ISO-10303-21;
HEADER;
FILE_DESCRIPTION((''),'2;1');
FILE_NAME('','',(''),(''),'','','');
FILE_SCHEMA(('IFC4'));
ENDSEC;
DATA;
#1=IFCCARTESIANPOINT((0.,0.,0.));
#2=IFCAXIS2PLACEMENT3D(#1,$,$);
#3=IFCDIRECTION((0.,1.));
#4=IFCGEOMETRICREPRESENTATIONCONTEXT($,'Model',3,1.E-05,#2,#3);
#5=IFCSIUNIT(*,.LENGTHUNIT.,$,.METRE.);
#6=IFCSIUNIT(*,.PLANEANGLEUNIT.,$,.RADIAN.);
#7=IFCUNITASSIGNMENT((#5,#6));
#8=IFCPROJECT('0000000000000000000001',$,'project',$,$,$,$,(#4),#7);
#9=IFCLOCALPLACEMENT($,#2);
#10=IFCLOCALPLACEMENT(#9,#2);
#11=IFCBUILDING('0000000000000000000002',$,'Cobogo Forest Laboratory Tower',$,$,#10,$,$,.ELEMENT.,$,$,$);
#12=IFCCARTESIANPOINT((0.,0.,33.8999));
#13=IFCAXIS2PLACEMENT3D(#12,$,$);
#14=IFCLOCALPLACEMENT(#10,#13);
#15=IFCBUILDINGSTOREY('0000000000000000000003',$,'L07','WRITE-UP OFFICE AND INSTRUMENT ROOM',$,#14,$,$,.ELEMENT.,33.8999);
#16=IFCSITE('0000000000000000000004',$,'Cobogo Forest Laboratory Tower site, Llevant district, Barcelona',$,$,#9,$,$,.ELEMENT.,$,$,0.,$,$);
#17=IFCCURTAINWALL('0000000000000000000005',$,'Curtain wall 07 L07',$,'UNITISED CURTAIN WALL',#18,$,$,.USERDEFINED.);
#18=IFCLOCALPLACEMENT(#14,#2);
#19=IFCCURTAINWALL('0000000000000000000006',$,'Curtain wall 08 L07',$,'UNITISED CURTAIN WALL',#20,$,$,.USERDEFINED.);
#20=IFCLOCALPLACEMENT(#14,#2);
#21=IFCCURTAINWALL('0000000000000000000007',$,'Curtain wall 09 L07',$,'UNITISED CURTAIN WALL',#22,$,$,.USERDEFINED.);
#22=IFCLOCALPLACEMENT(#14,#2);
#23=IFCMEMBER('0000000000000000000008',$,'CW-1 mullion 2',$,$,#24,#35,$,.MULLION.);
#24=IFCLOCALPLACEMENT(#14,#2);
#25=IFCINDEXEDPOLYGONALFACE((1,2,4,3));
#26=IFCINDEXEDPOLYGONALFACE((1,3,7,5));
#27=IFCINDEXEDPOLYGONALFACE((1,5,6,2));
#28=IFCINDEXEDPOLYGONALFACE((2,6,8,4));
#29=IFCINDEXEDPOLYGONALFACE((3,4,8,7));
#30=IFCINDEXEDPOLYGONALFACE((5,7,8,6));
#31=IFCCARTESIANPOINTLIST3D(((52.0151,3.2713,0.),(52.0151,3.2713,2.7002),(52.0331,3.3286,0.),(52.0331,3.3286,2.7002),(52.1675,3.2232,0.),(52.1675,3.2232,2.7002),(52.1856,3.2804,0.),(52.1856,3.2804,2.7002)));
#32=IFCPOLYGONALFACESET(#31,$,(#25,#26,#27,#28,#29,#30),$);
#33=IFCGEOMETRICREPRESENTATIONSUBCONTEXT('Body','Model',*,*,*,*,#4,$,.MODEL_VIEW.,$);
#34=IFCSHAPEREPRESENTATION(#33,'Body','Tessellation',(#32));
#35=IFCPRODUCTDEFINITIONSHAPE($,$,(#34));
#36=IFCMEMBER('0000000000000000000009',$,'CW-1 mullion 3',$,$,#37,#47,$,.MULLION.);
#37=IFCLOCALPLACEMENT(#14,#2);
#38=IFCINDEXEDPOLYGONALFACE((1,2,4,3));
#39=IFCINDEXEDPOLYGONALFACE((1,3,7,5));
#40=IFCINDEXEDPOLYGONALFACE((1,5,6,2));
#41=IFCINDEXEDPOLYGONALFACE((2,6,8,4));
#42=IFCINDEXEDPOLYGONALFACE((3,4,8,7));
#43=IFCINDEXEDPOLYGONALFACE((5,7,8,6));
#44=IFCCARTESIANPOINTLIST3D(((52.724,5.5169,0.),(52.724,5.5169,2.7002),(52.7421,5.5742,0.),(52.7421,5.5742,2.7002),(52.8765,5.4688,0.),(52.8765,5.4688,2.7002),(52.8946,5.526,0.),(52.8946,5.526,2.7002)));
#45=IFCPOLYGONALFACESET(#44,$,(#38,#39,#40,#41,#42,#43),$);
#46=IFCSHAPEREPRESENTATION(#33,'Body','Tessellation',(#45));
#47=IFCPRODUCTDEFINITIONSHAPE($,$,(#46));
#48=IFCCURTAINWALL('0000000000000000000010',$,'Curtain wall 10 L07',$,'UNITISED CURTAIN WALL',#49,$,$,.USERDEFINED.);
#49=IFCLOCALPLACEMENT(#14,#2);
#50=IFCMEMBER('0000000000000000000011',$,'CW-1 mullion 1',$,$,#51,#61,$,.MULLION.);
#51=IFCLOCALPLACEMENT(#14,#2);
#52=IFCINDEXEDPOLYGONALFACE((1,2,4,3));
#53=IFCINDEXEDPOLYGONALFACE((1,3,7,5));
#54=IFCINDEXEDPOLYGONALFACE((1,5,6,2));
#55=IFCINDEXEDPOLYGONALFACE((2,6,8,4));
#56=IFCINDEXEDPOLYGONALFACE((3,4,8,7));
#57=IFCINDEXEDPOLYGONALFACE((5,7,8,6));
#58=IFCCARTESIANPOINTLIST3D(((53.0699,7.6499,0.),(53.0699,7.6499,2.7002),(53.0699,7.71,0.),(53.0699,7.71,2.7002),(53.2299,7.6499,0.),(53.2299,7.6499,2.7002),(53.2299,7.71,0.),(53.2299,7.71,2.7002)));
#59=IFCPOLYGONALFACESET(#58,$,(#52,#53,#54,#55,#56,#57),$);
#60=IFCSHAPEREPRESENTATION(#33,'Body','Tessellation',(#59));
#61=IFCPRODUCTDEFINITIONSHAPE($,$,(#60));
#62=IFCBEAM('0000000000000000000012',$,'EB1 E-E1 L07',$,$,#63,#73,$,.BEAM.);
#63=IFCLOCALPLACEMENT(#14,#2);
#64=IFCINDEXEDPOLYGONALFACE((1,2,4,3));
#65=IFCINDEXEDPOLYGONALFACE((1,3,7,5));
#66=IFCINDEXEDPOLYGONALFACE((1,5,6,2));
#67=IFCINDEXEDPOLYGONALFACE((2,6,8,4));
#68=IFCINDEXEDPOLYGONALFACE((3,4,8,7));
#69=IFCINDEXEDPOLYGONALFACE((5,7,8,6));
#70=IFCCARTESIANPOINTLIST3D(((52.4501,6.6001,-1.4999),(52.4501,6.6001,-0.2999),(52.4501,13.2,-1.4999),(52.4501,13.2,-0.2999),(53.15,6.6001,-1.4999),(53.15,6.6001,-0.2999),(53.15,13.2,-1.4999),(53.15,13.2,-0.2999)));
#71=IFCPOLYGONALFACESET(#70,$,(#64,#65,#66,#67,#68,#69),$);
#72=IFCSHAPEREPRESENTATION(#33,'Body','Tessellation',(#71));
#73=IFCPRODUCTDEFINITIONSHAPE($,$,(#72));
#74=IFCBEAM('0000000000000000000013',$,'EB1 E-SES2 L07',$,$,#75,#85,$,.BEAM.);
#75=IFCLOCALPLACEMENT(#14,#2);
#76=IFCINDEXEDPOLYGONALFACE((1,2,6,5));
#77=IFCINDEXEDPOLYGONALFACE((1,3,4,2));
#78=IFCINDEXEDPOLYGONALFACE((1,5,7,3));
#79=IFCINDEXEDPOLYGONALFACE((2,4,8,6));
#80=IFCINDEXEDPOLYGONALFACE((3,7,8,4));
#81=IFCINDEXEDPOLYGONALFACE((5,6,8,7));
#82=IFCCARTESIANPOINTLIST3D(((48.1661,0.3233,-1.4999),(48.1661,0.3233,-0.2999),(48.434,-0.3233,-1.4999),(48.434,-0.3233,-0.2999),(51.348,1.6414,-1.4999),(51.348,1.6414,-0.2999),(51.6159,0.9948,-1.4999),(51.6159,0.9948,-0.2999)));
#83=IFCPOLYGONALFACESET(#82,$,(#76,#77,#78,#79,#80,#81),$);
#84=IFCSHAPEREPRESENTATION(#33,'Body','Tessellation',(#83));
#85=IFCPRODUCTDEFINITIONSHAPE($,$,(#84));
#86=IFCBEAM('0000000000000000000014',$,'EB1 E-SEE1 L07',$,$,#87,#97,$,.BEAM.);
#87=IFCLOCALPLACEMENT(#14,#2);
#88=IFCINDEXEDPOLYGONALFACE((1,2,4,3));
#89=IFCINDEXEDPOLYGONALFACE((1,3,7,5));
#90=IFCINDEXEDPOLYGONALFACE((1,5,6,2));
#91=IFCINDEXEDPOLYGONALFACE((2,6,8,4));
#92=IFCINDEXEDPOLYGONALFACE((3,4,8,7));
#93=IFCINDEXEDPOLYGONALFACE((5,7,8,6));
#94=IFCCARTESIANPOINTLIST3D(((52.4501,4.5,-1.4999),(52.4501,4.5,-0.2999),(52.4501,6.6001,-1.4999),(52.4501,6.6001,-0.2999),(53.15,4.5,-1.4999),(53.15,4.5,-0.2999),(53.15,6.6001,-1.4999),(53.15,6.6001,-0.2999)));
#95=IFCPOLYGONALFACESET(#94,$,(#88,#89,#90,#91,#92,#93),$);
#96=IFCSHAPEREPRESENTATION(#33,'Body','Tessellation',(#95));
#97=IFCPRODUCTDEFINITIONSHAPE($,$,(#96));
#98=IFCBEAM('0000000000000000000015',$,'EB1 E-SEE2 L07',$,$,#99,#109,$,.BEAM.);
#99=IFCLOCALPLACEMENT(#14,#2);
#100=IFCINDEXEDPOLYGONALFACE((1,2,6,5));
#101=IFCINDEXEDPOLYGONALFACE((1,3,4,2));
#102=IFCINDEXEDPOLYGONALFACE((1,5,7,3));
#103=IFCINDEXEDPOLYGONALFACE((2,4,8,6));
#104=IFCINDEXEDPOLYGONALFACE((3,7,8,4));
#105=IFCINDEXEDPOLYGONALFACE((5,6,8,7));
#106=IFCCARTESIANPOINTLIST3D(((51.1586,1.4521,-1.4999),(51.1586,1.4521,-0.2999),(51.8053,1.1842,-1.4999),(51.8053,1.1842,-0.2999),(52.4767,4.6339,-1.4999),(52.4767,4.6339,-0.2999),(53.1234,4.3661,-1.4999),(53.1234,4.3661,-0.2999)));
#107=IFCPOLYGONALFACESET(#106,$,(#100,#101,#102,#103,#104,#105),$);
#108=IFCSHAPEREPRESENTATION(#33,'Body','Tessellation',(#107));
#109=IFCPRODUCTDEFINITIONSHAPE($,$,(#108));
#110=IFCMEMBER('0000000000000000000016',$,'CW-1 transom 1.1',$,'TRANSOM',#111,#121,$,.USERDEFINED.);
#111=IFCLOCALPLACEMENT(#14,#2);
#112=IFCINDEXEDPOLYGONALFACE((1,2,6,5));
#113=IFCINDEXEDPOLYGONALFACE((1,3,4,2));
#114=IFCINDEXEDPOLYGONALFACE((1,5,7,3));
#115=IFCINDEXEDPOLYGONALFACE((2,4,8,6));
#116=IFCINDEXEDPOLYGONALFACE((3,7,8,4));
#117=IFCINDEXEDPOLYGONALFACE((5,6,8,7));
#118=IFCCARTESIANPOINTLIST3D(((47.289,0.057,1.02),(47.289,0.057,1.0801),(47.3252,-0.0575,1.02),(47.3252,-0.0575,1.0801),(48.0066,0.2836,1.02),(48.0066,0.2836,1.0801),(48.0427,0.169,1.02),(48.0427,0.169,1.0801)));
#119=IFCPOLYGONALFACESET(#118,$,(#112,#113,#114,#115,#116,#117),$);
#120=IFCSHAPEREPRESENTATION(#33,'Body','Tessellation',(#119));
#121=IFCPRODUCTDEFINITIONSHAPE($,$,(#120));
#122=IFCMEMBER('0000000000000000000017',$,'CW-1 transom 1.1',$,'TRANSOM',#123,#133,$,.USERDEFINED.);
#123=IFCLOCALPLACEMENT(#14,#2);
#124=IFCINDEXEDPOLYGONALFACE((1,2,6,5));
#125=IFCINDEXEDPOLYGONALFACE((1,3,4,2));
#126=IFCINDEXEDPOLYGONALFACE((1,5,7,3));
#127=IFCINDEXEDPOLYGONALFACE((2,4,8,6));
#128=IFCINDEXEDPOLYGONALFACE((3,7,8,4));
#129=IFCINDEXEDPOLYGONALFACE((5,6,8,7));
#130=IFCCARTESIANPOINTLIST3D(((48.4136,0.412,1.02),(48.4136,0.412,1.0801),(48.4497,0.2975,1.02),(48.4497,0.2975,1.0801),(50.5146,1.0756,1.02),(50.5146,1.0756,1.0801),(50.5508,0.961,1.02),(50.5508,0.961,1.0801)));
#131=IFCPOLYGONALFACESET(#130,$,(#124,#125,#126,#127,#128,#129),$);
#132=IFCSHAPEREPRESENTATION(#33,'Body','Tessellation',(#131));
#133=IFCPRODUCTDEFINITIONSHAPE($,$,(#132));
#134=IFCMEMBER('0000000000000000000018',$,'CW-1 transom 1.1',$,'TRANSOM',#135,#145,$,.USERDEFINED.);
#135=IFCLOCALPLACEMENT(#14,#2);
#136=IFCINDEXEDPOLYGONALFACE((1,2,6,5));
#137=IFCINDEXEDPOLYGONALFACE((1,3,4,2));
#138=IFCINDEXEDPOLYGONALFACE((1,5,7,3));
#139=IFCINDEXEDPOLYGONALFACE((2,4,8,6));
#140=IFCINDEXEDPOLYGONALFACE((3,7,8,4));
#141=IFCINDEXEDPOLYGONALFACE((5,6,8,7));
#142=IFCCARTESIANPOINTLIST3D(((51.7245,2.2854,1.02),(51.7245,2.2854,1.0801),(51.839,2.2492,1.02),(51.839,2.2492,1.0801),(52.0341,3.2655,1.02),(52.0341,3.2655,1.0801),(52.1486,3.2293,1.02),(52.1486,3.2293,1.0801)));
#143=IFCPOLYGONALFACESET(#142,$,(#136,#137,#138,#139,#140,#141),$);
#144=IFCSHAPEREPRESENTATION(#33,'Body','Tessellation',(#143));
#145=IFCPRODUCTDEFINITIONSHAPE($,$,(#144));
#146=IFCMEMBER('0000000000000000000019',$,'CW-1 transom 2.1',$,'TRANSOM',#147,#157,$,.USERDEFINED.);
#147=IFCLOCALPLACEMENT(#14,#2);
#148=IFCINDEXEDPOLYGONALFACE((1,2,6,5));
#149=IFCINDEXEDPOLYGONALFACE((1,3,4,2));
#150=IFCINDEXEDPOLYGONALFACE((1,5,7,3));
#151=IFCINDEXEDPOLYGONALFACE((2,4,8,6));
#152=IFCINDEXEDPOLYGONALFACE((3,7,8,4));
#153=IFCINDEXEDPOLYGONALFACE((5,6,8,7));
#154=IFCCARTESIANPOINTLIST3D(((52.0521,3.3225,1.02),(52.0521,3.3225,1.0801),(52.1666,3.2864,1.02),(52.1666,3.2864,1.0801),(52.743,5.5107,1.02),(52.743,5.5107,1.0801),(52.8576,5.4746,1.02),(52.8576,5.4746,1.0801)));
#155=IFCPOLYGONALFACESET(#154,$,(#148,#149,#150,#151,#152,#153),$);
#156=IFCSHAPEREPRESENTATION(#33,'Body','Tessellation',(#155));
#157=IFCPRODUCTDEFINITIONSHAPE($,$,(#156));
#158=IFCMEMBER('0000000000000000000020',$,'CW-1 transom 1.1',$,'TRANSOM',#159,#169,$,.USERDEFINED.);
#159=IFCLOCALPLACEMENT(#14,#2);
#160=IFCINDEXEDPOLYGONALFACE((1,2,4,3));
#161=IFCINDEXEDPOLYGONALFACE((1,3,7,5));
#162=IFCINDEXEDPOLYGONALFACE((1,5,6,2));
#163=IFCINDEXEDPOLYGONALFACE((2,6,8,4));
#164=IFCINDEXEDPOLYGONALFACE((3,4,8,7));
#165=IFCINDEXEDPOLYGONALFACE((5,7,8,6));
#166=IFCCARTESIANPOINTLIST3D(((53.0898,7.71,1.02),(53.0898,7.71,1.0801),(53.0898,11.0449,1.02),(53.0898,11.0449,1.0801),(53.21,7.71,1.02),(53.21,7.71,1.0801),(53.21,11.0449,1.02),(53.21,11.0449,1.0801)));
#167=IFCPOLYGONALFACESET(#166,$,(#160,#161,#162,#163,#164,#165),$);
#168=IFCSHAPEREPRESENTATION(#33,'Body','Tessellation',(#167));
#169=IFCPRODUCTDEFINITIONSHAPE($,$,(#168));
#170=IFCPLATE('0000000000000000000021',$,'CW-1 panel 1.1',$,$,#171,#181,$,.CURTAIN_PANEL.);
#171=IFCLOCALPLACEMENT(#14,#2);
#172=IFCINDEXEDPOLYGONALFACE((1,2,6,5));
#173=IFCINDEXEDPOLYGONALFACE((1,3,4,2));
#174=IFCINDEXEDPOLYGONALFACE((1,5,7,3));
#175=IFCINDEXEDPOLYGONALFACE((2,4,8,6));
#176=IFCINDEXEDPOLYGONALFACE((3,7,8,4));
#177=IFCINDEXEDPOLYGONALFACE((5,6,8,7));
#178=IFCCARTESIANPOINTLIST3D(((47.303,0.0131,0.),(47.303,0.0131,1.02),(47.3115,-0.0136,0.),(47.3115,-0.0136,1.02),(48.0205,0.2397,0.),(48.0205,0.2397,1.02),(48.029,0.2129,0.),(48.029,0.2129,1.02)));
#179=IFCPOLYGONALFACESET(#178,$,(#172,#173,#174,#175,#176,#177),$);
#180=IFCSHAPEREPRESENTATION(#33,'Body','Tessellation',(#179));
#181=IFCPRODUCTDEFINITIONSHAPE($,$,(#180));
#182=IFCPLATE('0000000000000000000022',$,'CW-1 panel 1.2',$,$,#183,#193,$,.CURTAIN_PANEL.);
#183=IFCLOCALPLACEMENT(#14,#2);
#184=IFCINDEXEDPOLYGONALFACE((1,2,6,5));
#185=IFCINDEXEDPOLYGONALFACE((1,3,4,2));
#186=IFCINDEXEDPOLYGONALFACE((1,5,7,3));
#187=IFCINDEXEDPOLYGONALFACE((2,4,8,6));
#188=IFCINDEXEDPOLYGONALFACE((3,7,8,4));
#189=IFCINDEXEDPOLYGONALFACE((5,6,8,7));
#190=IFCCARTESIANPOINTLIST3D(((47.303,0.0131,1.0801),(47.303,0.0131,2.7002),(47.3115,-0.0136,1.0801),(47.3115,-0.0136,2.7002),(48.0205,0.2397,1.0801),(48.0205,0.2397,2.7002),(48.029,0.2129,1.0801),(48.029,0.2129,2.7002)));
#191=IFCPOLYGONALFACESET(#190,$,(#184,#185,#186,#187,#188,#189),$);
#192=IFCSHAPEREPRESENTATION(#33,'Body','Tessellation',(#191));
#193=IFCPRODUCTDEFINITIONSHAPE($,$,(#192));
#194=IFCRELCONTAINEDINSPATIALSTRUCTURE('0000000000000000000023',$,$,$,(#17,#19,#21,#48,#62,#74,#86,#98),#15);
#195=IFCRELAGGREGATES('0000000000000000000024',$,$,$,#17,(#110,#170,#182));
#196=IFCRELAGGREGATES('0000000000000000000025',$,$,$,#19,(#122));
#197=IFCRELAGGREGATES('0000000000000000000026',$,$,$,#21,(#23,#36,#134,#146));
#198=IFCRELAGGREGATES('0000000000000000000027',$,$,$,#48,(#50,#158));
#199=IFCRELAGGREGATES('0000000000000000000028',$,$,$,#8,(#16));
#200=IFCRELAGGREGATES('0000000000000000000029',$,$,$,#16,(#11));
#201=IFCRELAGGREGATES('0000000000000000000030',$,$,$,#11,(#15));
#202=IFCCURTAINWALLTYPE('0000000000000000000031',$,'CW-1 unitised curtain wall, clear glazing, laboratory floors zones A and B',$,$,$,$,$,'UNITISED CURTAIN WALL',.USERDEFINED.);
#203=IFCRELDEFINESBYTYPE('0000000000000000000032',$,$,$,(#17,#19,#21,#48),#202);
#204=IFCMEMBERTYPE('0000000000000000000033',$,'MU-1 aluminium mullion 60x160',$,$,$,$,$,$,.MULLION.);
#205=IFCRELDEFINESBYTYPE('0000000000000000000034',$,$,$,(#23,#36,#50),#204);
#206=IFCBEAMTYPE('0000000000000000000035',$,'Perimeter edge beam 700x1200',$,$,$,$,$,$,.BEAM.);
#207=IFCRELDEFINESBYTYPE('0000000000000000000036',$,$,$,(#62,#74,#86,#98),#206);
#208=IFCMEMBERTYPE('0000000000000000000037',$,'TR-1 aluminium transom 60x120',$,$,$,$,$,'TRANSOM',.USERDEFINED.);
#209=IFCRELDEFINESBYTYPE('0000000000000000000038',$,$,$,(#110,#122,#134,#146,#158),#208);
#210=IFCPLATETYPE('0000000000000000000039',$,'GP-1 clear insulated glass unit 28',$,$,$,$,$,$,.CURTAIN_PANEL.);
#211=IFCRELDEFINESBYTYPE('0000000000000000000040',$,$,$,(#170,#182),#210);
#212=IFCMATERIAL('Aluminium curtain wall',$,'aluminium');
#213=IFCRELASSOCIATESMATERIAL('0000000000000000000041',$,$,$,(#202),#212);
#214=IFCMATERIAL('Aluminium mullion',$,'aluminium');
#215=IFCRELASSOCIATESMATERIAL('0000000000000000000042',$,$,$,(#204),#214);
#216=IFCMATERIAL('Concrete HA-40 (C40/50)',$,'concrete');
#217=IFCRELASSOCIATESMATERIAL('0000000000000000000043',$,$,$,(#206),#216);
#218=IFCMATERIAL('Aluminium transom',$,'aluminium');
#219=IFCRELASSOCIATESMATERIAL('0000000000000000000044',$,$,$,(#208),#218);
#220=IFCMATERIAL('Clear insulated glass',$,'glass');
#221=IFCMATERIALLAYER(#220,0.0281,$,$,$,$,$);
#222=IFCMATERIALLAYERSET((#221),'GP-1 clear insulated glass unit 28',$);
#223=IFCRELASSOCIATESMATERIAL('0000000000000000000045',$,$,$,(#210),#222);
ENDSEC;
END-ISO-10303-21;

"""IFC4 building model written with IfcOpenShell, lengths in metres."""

from ifc_helpers import new_model, si_unit, direction, frame, origin, origin_2d, place, context, subcontext, project, spatial, rectangle, extrude, material, layer, layer_set, material_profile, profile_set, type_object, element, aggregate, save


model = new_model("IFC4")

# Units and contexts
model_context = context("Model", 3, precision=1e-05, world=origin(), true_north=direction((0.0, 1.0)))
body_context = subcontext(model_context, "Body", "Model", "MODEL_VIEW")
ifc_project = project(units=[si_unit("LENGTHUNIT", "METRE"), si_unit("PLANEANGLEUNIT", "RADIAN")], contexts=[model_context])

# Site, building, storey
site_placement = place(None, origin())
site = spatial("IfcSite", under=ifc_project, at=site_placement, Name="Cobogo Forest Laboratory Tower site, Llevant district, Barcelona", CompositionType="ELEMENT", RefElevation=0.0)
building_placement = place(site_placement, origin())
building = spatial("IfcBuilding", under=site, at=building_placement, Name="Cobogo Forest Laboratory Tower", CompositionType="ELEMENT")
storey_placement = place(building_placement, frame((0.0, 0.0, 33.8999)))
storey = spatial("IfcBuildingStorey", under=building, at=storey_placement, Name="L07", Description="WRITE-UP OFFICE AND INSTRUMENT ROOM", CompositionType="ELEMENT", Elevation=33.8999)

# Shared definitions
ifc_material_1 = material(Name="Concrete HA-40 (C40/50)", Category="concrete")

# Curtain walls, members
ifc_material_2 = material(Name="Aluminium curtain wall", Category="aluminium")
curtain_wall_type = type_object("IfcCurtainWallType", Name="CW-1 unitised curtain wall, clear glazing, laboratory floors zones A and B", ElementType="UNITISED CURTAIN WALL", PredefinedType="USERDEFINED", material=ifc_material_2)
curtain_wall_1_placement = place(storey_placement, origin())
curtain_wall_1 = element("IfcCurtainWall", 1, at=curtain_wall_1_placement, inside=storey, type_object=curtain_wall_type, Name="Curtain wall 07 L07", ObjectType="UNITISED CURTAIN WALL", PredefinedType="USERDEFINED")
ifc_material_3 = material(Name="Aluminium mullion", Category="aluminium")
ifc_material_profile_1 = material_profile(ifc_material_3, rectangle(XDim=0.0601, YDim=0.1599, at=origin_2d()), Name="AL 60x160")
ifc_profile_set_1 = profile_set([ifc_material_profile_1], Name="Aluminium mullion")
member_type_1 = type_object("IfcMemberType", Name="MU-1 aluminium mullion 60x160", PredefinedType="MULLION", material=ifc_profile_set_1)
curtain_wall_2_placement = place(storey_placement, origin())
curtain_wall_2 = element("IfcCurtainWall", 2, at=curtain_wall_2_placement, inside=storey, type_object=curtain_wall_type, Name="Curtain wall 08 L07", ObjectType="UNITISED CURTAIN WALL", PredefinedType="USERDEFINED")
curtain_wall_3_placement = place(storey_placement, origin())
curtain_wall_3 = element("IfcCurtainWall", 3, at=curtain_wall_3_placement, inside=storey, type_object=curtain_wall_type, Name="Curtain wall 09 L07", ObjectType="UNITISED CURTAIN WALL", PredefinedType="USERDEFINED")
member_1_placement = place(storey_placement, frame((52.1003, 3.2759, 0.0), z_axis=(0.0, 0.0, 1.0), x_axis=(0.301135, 0.953581, 0.0)))
member_1 = element("IfcMember", 4, at=member_1_placement, type_object=member_type_1, Name="CW-1 mullion 2", PredefinedType="MULLION", context=body_context, shape_type="SweptSolid", body=[
    extrude(rectangle(XDim=0.0601, YDim=0.1599, at=origin_2d()), origin(), (0.0, 0.0, 1.0), 2.7002),
])
member_2_placement = place(storey_placement, frame((52.8093, 5.5215, 0.0), z_axis=(0.0, 0.0, 1.0), x_axis=(0.301135, 0.953581, 0.0)))
member_2 = element("IfcMember", 5, at=member_2_placement, type_object=member_type_1, Name="CW-1 mullion 3", PredefinedType="MULLION", context=body_context, shape_type="SweptSolid", body=[
    extrude(rectangle(XDim=0.0601, YDim=0.1599, at=origin_2d()), origin(), (0.0, 0.0, 1.0), 2.7002),
])

# Curtain wall, member
curtain_wall_4_placement = place(storey_placement, origin())
curtain_wall_4 = element("IfcCurtainWall", 6, at=curtain_wall_4_placement, inside=storey, type_object=curtain_wall_type, Name="Curtain wall 10 L07", ObjectType="UNITISED CURTAIN WALL", PredefinedType="USERDEFINED")
member_3_placement = place(storey_placement, frame((53.1499, 7.6799, 0.0), z_axis=(0.0, 0.0, 1.0), x_axis=(0.0, 1.0, 0.0)))
member_3 = element("IfcMember", 7, at=member_3_placement, type_object=member_type_1, Name="CW-1 mullion 1", PredefinedType="MULLION", context=body_context, shape_type="SweptSolid", body=[
    extrude(rectangle(XDim=0.0601, YDim=0.1599, at=origin_2d()), origin(), (0.0, 0.0, 1.0), 2.7002),
])

# Beams
ifc_material_profile_2 = material_profile(ifc_material_1, rectangle(XDim=0.7, YDim=1.2, at=origin_2d()), Name="RC 700x1200")
ifc_profile_set_2 = profile_set([ifc_material_profile_2], Name="Concrete HA-40 (C40/50)")
beam_type_1 = type_object("IfcBeamType", Name="Perimeter edge beam 700x1200", PredefinedType="BEAM", material=ifc_profile_set_2)
beam_1_placement = place(storey_placement, frame((52.8, 6.6001, -0.8999), z_axis=(0.0, 1.0, 0.0), x_axis=(-1.0, 0.0, 0.0)))
element("IfcBeam", 8, at=beam_1_placement, inside=storey, type_object=beam_type_1, Name="EB1 E-E1 L07", PredefinedType="BEAM", context=body_context, shape_type="SweptSolid", body=[
    extrude(rectangle(XDim=0.7, YDim=1.2, at=origin_2d()), origin(), (0.0, 0.0, 1.0), 6.5999),
])
beam_2_placement = place(storey_placement, frame((48.3, 0.0, -0.8999), z_axis=(0.923866, 0.382717, 0.0), x_axis=(-0.382717, 0.923866, 0.0)))
element("IfcBeam", 9, at=beam_2_placement, inside=storey, type_object=beam_type_1, Name="EB1 E-SES2 L07", PredefinedType="BEAM", context=body_context, shape_type="SweptSolid", body=[
    extrude(rectangle(XDim=0.7, YDim=1.2, at=origin_2d()), origin(), (0.0, 0.0, 1.0), 3.4441),
])
beam_3_placement = place(storey_placement, frame((52.8, 6.6001, -0.8999), z_axis=(0.0, -1.0, 0.0), x_axis=(1.0, 0.0, 0.0)))
element("IfcBeam", 10, at=beam_3_placement, inside=storey, type_object=beam_type_1, Name="EB1 E-SEE1 L07", PredefinedType="BEAM", context=body_context, shape_type="SweptSolid", body=[
    extrude(rectangle(XDim=0.7, YDim=1.2, at=origin_2d()), origin(), (0.0, 0.0, 1.0), 2.1001),
])
beam_4_placement = place(storey_placement, frame((52.8, 4.5, -0.8999), z_axis=(-0.382717, -0.923866, 0.0), x_axis=(0.923866, -0.382717, 0.0)))
element("IfcBeam", 11, at=beam_4_placement, inside=storey, type_object=beam_type_1, Name="EB1 E-SEE2 L07", PredefinedType="BEAM", context=body_context, shape_type="SweptSolid", body=[
    extrude(rectangle(XDim=0.7, YDim=1.2, at=origin_2d()), origin(), (0.0, 0.0, 1.0), 3.4441),
])

# Members
ifc_material_4 = material(Name="Aluminium transom", Category="aluminium")
ifc_material_profile_3 = material_profile(ifc_material_4, rectangle(XDim=0.1201, YDim=0.0601, at=origin_2d()), Name="AL 60x120")
ifc_profile_set_3 = profile_set([ifc_material_profile_3], Name="Aluminium transom")
member_type_2 = type_object("IfcMemberType", Name="TR-1 aluminium transom 60x120", ElementType="TRANSOM", PredefinedType="USERDEFINED", material=ifc_profile_set_3)
member_4_placement = place(storey_placement, frame((47.3071, -0.0002, 1.05), z_axis=(0.953592, 0.3011, 0.0), x_axis=(-0.3011, 0.953592, 0.0)))
member_4 = element("IfcMember", 12, at=member_4_placement, type_object=member_type_2, Name="CW-1 transom 1.1", ObjectType="TRANSOM", PredefinedType="USERDEFINED", context=body_context, shape_type="SweptSolid", body=[
    extrude(rectangle(XDim=0.1201, YDim=0.0601, at=origin_2d()), origin(), (0.0, 0.0, 1.0), 0.7524),
])
member_5_placement = place(storey_placement, frame((48.4316, 0.3547, 1.05), z_axis=(0.953573, 0.301163, 0.0), x_axis=(-0.301163, 0.953573, 0.0)))
member_5 = element("IfcMember", 13, at=member_5_placement, type_object=member_type_2, Name="CW-1 transom 1.1", ObjectType="TRANSOM", PredefinedType="USERDEFINED", context=body_context, shape_type="SweptSolid", body=[
    extrude(rectangle(XDim=0.1201, YDim=0.0601, at=origin_2d()), origin(), (0.0, 0.0, 1.0), 2.2034),
])
member_6_placement = place(storey_placement, frame((51.7817, 2.2673, 1.05), z_axis=(0.301222, 0.953554, 0.0), x_axis=(-0.953554, 0.301222, 0.0)))
member_6 = element("IfcMember", 14, at=member_6_placement, type_object=member_type_2, Name="CW-1 transom 1.1", ObjectType="TRANSOM", PredefinedType="USERDEFINED", context=body_context, shape_type="SweptSolid", body=[
    extrude(rectangle(XDim=0.1201, YDim=0.0601, at=origin_2d()), origin(), (0.0, 0.0, 1.0), 1.0278),
])
member_7_placement = place(storey_placement, frame((52.1094, 3.3044, 1.05), z_axis=(0.301091, 0.953596, 0.0), x_axis=(-0.953596, 0.301091, 0.0)))
member_7 = element("IfcMember", 15, at=member_7_placement, type_object=member_type_2, Name="CW-1 transom 2.1", ObjectType="TRANSOM", PredefinedType="USERDEFINED", context=body_context, shape_type="SweptSolid", body=[
    extrude(rectangle(XDim=0.1201, YDim=0.0601, at=origin_2d()), origin(), (0.0, 0.0, 1.0), 2.2947),
])
member_8_placement = place(storey_placement, frame((53.1499, 7.71, 1.05), z_axis=(0.0, 1.0, 0.0), x_axis=(-1.0, 0.0, 0.0)))
member_8 = element("IfcMember", 16, at=member_8_placement, type_object=member_type_2, Name="CW-1 transom 1.1", ObjectType="TRANSOM", PredefinedType="USERDEFINED", context=body_context, shape_type="SweptSolid", body=[
    extrude(rectangle(XDim=0.1201, YDim=0.0601, at=origin_2d()), origin(), (0.0, 0.0, 1.0), 3.335),
])

# Plates
ifc_material_5 = material(Name="Clear insulated glass", Category="glass")
ifc_layer = layer(ifc_material_5, 0.0281)
ifc_layer_set = layer_set([ifc_layer], Name="GP-1 clear insulated glass unit 28")
plate_type_1 = type_object("IfcPlateType", Name="GP-1 clear insulated glass unit 28", PredefinedType="CURTAIN_PANEL", material=ifc_layer_set)
plate_1_placement = place(storey_placement, frame((47.666, 0.113, 0.0), z_axis=(0.0, 0.0, 1.0), x_axis=(0.953582, 0.301135, 0.0)))
plate_1 = element("IfcPlate", 17, at=plate_1_placement, type_object=plate_type_1, Name="CW-1 panel 1.1", PredefinedType="CURTAIN_PANEL", context=body_context, shape_type="SweptSolid", body=[
    extrude(rectangle(XDim=0.7524, YDim=0.0281, at=origin_2d()), origin(), (0.0, 0.0, 1.0), 1.02),
])
plate_2_placement = place(storey_placement, frame((47.666, 0.113, 1.0801), z_axis=(0.0, 0.0, 1.0), x_axis=(0.953582, 0.301135, 0.0)))
plate_2 = element("IfcPlate", 18, at=plate_2_placement, type_object=plate_type_1, Name="CW-1 panel 1.2", PredefinedType="CURTAIN_PANEL", context=body_context, shape_type="SweptSolid", body=[
    extrude(rectangle(XDim=0.7524, YDim=0.0281, at=origin_2d()), origin(), (0.0, 0.0, 1.0), 1.6201),
])
aggregate(curtain_wall_1, [member_4, plate_1, plate_2])
aggregate(curtain_wall_2, [member_5])
aggregate(curtain_wall_3, [member_1, member_2, member_6, member_7])
aggregate(curtain_wall_4, [member_3, member_8])

save(model, "model.ifc")
